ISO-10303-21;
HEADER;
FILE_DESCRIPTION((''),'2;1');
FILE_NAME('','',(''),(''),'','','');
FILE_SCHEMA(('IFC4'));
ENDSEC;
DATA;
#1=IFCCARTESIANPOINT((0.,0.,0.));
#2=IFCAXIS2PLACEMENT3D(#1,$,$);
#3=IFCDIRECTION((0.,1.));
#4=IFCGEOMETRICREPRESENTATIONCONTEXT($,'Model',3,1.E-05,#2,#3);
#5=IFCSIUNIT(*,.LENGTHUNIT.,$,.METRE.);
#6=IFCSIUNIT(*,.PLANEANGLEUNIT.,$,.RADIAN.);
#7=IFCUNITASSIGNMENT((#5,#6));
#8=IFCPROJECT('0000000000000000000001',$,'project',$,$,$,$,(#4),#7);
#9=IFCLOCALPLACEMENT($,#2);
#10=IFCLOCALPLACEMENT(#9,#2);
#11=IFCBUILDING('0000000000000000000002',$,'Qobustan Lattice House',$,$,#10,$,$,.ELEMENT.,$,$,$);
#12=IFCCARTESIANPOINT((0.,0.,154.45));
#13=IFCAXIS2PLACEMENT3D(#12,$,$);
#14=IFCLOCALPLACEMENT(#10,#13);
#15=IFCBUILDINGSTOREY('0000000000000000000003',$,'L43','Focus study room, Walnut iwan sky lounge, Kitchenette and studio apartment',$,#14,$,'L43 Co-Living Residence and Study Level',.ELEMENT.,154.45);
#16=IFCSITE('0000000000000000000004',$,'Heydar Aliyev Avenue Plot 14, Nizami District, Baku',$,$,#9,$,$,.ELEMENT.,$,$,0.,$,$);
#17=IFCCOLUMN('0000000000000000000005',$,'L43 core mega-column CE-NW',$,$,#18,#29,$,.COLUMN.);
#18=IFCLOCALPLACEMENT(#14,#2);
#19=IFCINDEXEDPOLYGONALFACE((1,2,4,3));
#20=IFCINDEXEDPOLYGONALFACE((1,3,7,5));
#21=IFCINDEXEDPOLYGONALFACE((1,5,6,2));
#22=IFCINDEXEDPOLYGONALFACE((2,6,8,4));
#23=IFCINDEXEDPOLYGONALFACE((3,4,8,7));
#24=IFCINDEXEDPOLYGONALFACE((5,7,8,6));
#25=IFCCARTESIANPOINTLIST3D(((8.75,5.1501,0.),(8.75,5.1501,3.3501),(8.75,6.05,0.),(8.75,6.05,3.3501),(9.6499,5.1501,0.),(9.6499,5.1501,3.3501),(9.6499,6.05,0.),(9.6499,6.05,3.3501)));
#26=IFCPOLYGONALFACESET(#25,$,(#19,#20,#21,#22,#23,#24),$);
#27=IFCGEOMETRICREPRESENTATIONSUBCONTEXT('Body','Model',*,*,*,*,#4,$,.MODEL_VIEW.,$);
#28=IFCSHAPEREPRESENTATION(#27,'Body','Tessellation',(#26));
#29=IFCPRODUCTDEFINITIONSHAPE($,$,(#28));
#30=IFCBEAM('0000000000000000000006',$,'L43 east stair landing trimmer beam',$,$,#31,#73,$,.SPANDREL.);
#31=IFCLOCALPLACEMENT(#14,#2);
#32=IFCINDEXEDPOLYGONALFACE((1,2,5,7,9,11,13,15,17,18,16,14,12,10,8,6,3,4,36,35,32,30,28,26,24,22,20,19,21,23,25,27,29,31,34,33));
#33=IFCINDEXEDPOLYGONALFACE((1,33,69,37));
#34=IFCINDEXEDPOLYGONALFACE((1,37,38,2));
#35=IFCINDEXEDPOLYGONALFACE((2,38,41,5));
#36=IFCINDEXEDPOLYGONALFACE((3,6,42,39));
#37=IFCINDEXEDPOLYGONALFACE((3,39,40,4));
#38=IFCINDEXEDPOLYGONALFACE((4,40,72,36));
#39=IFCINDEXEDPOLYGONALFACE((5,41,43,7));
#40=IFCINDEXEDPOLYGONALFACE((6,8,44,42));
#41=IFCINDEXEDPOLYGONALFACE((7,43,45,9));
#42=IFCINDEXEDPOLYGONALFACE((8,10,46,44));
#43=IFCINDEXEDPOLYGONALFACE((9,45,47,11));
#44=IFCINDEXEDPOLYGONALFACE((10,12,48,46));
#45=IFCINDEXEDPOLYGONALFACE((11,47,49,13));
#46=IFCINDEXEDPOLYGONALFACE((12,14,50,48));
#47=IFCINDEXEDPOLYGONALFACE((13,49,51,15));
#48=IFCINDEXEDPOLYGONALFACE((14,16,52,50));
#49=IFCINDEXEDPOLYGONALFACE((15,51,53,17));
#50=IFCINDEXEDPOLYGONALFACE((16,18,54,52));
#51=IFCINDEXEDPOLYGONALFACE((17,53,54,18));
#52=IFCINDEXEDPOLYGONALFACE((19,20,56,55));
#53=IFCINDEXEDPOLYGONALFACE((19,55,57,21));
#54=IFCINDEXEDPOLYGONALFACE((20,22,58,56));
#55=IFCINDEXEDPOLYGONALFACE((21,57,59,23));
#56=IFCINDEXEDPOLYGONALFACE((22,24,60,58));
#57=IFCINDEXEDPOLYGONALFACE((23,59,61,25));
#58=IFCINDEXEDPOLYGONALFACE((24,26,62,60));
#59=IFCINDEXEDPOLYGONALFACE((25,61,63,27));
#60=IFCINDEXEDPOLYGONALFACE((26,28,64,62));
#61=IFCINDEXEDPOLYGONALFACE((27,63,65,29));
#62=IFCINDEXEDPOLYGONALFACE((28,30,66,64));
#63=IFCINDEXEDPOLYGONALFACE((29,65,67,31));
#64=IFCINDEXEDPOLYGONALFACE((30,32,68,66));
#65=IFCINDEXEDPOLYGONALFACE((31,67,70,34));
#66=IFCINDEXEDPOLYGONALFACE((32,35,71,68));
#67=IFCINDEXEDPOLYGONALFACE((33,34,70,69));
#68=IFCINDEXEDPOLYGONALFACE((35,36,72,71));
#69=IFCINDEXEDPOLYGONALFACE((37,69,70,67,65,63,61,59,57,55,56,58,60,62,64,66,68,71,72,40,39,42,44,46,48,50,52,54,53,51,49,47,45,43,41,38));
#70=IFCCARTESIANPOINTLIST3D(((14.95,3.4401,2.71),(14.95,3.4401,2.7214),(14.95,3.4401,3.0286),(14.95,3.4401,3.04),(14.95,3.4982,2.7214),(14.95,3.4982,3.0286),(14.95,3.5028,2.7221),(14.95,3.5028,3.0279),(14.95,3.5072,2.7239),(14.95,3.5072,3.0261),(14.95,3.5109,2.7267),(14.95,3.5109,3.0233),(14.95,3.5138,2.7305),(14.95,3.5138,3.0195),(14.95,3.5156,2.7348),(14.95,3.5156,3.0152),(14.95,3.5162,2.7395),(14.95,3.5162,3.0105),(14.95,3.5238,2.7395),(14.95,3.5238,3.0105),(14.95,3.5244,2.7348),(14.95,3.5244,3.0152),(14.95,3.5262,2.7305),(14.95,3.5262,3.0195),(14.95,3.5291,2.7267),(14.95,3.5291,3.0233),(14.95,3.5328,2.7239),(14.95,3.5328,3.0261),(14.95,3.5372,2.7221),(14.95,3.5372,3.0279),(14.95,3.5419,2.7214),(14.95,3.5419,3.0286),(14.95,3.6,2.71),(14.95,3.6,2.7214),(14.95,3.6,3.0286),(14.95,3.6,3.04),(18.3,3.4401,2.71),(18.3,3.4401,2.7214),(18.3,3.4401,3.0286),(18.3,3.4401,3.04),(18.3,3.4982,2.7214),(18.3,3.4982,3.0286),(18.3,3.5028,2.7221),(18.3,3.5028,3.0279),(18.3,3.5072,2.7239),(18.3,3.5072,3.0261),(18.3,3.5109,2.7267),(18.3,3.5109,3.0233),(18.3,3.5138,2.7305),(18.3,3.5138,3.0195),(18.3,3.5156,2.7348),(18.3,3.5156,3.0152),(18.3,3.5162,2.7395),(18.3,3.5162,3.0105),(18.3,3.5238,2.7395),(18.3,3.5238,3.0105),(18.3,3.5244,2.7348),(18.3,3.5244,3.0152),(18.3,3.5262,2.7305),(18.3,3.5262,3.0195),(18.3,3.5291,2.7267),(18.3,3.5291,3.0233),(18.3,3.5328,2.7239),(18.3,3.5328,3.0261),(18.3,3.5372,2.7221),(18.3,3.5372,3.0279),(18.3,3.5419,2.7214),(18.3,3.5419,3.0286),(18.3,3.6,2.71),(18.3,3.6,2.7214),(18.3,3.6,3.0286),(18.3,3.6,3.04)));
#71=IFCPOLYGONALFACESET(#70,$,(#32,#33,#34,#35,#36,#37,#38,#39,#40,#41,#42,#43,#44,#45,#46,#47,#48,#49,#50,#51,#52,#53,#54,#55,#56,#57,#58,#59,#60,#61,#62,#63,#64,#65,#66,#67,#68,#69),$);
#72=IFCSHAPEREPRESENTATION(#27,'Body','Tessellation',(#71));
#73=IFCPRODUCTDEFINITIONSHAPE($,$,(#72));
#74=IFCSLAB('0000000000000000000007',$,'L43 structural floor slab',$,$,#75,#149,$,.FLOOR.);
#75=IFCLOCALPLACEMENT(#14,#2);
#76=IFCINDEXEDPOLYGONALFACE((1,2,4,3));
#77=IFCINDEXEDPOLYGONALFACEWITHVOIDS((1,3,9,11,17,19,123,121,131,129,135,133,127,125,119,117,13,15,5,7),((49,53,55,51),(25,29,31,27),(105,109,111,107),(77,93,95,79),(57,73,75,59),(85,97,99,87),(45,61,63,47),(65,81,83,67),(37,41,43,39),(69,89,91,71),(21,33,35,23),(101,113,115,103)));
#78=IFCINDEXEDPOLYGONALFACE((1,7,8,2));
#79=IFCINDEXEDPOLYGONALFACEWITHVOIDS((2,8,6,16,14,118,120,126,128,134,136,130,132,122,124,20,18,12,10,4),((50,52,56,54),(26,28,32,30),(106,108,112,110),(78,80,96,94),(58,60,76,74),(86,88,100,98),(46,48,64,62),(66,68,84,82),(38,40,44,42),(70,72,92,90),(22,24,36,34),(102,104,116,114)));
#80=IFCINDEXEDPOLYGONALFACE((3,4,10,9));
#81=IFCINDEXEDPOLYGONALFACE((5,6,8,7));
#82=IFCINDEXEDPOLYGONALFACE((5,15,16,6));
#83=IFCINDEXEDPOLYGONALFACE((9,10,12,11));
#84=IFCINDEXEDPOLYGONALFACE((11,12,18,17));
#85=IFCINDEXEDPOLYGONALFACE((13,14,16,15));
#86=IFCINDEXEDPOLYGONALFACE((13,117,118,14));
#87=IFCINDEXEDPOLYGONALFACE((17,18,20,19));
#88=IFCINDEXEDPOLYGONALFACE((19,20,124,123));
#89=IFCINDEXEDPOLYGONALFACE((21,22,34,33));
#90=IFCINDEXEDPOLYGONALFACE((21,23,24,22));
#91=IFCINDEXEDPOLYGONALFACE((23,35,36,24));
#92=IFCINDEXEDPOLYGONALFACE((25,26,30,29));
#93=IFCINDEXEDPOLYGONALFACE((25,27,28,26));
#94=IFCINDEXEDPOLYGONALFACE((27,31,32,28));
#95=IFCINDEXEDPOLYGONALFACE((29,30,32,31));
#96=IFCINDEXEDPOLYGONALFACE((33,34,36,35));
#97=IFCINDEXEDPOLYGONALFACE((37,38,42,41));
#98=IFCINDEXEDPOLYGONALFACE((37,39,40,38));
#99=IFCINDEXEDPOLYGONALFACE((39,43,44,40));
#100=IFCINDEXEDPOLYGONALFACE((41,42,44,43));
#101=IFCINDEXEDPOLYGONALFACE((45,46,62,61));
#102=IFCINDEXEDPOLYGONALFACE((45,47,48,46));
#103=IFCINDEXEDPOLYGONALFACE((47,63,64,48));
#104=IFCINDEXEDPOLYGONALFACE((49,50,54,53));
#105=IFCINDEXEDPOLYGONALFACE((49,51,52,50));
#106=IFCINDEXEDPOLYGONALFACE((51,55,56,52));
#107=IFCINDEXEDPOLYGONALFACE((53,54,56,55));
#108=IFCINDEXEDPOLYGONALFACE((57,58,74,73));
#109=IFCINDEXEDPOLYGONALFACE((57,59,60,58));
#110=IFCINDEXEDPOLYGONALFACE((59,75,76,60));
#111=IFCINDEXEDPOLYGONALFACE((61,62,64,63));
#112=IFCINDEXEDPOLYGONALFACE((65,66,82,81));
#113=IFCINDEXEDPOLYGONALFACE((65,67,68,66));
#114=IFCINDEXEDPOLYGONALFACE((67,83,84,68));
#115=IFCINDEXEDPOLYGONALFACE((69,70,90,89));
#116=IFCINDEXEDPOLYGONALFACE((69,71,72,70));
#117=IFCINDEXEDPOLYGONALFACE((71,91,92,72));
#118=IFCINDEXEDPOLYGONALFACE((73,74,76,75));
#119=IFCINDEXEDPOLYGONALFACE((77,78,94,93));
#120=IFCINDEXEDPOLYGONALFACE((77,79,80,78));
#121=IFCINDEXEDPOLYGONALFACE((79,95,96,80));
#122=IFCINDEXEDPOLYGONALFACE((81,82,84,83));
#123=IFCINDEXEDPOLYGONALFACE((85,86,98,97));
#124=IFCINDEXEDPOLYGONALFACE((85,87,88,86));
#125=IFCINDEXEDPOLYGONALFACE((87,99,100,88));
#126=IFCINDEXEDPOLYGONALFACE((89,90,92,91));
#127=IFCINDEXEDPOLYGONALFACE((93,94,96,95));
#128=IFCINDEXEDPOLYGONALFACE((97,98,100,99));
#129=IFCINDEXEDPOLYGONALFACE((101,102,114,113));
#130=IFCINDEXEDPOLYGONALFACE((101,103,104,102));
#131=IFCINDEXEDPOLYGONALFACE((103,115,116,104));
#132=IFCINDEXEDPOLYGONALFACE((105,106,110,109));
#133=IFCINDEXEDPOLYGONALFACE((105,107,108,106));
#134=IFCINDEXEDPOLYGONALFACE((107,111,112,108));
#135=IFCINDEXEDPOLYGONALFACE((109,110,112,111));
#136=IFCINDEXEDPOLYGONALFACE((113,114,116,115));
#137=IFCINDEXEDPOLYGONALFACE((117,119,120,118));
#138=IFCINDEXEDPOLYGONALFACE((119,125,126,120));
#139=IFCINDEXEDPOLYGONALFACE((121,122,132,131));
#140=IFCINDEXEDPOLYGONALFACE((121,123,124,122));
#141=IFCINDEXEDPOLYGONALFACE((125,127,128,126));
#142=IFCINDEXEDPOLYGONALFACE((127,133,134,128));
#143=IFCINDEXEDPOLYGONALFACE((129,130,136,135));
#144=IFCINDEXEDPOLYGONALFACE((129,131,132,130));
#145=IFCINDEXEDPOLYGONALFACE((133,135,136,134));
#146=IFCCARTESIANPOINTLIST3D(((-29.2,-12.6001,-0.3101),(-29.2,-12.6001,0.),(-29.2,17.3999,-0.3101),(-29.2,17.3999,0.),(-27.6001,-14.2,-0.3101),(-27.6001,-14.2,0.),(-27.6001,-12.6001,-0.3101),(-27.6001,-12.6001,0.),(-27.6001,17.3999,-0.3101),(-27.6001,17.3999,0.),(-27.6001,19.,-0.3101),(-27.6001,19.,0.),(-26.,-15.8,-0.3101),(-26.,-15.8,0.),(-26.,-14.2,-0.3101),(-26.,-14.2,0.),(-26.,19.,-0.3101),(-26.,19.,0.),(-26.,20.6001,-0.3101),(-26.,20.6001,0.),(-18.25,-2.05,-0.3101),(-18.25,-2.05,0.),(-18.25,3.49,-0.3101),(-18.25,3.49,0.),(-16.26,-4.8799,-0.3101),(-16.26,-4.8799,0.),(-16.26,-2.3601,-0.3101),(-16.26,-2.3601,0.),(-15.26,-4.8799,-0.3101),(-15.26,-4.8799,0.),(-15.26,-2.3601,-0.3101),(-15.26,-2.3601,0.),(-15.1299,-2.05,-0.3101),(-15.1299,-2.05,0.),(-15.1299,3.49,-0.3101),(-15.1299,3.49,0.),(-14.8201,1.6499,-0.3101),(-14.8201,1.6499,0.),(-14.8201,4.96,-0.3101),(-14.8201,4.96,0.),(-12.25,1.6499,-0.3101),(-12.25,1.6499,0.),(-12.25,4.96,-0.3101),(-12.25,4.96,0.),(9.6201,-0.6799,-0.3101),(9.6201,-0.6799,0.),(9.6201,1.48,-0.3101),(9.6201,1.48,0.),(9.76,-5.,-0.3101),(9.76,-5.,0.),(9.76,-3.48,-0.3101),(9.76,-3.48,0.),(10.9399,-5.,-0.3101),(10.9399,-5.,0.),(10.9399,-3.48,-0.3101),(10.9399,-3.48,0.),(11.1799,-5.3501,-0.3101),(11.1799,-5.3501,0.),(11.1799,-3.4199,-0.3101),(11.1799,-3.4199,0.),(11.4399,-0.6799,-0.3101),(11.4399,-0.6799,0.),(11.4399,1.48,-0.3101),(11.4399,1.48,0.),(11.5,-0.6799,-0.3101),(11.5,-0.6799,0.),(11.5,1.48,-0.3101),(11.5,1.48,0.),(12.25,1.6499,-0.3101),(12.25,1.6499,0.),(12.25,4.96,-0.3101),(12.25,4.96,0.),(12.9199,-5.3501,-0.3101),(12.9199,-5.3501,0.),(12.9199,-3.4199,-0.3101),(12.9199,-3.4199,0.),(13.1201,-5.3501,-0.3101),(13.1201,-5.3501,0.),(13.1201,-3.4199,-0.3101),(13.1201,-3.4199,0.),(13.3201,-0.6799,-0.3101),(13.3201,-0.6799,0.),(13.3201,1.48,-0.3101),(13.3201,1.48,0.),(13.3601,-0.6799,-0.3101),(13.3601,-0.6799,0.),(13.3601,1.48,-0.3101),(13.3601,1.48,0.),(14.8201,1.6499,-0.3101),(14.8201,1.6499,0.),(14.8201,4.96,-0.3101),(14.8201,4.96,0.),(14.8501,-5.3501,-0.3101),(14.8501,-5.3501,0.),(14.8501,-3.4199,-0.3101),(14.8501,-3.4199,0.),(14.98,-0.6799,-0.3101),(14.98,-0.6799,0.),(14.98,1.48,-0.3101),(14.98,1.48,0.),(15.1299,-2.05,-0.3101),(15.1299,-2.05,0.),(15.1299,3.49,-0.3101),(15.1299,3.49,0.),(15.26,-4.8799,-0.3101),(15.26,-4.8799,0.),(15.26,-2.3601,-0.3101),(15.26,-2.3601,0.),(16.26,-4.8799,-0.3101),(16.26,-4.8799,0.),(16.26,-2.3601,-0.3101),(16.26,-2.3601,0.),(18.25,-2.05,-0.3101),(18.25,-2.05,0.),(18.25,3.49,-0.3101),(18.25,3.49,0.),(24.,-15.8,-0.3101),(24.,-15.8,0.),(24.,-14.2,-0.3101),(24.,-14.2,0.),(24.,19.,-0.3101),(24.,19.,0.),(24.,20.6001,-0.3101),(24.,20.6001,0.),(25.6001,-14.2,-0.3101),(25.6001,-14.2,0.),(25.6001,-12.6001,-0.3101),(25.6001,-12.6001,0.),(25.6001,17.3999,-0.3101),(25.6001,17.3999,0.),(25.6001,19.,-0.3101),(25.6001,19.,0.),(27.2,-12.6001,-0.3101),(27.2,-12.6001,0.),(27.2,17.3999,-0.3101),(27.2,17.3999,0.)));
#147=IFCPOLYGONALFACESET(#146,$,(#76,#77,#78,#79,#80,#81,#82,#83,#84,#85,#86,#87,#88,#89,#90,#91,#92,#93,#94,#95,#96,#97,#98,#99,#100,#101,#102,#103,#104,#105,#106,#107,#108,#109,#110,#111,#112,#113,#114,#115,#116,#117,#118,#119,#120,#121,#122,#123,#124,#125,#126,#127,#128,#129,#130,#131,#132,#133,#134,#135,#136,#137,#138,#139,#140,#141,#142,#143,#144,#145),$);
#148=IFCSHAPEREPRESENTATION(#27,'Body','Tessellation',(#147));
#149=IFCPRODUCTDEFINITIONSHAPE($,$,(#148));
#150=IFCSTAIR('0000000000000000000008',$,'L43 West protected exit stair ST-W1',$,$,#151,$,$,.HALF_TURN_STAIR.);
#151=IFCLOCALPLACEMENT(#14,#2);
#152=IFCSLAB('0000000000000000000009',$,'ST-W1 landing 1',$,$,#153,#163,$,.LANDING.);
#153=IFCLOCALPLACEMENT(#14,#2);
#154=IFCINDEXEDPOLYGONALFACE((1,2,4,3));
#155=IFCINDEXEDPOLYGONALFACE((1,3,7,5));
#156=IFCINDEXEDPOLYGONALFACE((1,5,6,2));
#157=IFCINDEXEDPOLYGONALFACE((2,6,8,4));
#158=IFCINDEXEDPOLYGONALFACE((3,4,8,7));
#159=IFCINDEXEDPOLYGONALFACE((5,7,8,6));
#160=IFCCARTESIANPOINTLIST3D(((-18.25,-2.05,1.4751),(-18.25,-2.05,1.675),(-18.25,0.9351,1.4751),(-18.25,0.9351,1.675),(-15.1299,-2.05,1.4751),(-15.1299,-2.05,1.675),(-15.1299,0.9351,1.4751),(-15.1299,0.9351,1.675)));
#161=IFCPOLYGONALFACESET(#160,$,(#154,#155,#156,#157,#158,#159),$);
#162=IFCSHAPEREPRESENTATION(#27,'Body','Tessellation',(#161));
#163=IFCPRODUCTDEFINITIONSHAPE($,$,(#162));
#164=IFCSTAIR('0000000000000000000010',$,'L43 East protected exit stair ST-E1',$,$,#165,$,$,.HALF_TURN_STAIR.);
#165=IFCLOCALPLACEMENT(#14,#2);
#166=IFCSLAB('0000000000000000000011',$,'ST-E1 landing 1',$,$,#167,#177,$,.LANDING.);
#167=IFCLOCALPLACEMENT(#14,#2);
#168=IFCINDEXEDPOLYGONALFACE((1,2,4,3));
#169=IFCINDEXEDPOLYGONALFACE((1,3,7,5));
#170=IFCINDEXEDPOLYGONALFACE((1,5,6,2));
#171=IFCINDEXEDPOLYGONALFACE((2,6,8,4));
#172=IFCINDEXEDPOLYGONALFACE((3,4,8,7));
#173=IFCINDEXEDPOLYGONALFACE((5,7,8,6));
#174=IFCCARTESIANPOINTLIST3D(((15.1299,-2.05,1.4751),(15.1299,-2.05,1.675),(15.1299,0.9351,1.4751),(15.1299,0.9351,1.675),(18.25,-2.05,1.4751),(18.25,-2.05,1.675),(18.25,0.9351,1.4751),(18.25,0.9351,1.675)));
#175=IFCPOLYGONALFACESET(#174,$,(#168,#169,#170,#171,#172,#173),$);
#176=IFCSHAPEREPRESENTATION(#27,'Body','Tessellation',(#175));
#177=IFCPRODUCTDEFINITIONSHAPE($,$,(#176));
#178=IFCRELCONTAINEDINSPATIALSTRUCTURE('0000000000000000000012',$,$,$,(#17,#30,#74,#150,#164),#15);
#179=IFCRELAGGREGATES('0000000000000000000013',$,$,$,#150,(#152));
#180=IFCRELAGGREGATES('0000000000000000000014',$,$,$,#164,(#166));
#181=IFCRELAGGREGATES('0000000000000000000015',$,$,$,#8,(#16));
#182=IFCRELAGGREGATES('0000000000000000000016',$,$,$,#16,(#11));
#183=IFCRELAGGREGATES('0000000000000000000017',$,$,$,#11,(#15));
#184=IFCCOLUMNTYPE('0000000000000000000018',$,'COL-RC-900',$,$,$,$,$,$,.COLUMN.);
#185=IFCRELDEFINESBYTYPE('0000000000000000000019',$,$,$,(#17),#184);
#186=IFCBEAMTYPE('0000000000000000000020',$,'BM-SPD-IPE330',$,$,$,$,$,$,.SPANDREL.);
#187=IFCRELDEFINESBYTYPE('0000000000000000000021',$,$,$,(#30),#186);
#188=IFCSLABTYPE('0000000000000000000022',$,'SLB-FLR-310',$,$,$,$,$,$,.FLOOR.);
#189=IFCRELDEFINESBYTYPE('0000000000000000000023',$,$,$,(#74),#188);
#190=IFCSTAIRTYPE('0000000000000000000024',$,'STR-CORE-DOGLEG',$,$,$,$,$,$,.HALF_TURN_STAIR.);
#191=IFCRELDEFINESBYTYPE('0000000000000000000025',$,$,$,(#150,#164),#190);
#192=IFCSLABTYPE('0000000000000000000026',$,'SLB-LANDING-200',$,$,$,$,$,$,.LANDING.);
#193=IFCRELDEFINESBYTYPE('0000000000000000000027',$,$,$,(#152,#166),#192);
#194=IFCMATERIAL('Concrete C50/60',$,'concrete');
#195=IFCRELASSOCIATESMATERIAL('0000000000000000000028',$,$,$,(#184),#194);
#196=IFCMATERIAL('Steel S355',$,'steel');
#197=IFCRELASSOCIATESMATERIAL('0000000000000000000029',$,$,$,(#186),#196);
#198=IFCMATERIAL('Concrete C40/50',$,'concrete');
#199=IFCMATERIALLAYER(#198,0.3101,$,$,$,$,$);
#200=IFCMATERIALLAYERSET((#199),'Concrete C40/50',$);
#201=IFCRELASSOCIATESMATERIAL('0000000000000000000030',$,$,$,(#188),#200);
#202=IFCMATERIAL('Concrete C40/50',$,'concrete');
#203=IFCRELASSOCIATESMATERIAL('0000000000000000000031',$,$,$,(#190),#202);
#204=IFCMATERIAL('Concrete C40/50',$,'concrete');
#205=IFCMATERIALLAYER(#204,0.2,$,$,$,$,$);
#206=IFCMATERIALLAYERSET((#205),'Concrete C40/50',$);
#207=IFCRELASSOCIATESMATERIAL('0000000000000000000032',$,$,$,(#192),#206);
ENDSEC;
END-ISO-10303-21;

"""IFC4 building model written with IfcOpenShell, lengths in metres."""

from ifc_helpers import new_model, si_unit, direction, frame, origin, origin_2d, place, context, subcontext, project, spatial, polyline, rectangle, i_section, outline, extrude, material, layer, layer_set, material_profile, profile_set, type_object, element, aggregate, save


model = new_model("IFC4")

# Units and contexts
model_context = context("Model", 3, precision=1e-05, world=origin(), true_north=direction((0.0, 1.0)))
body_context = subcontext(model_context, "Body", "Model", "MODEL_VIEW")
ifc_project = project(units=[si_unit("LENGTHUNIT", "METRE"), si_unit("PLANEANGLEUNIT", "RADIAN")], contexts=[model_context])

# Site, building, storey
site_placement = place(None, origin())
site = spatial("IfcSite", under=ifc_project, at=site_placement, Name="Heydar Aliyev Avenue Plot 14, Nizami District, Baku", CompositionType="ELEMENT", RefElevation=0.0)
building_placement = place(site_placement, origin())
building = spatial("IfcBuilding", under=site, at=building_placement, Name="Qobustan Lattice House", CompositionType="ELEMENT")
storey_placement = place(building_placement, frame((0.0, 0.0, 154.45)))
storey = spatial("IfcBuildingStorey", under=building, at=storey_placement, Name="L43", Description="Focus study room, Walnut iwan sky lounge, Kitchenette and studio apartment", LongName="L43 Co-Living Residence and Study Level", CompositionType="ELEMENT", Elevation=154.45)

# Column
ifc_material_1 = material(Name="Concrete C50/60", Category="concrete")
ifc_material_profile_1 = material_profile(ifc_material_1, rectangle(XDim=0.8999, YDim=0.8999, at=origin_2d()), Name="RC900x900")
ifc_profile_set_1 = profile_set([ifc_material_profile_1], Name="Concrete C50/60")
column_type = type_object("IfcColumnType", Name="COL-RC-900", PredefinedType="COLUMN", material=ifc_profile_set_1)
column_placement = place(storey_placement, frame((9.2, 5.6001, 0.0), z_axis=(0.0, 0.0, 1.0), x_axis=(1.0, 0.0, 0.0)))
element("IfcColumn", 1, at=column_placement, inside=storey, type_object=column_type, Name="L43 core mega-column CE-NW", PredefinedType="COLUMN", context=body_context, shape_type="SweptSolid", body=[
    extrude(rectangle(XDim=0.8999, YDim=0.8999, at=origin_2d()), origin(), (0.0, 0.0, 1.0), 3.3501),
])

# Beam
ifc_material_2 = material(Name="Steel S355", Category="steel")
ifc_material_profile_2 = material_profile(ifc_material_2, i_section(OverallWidth=0.1599, OverallDepth=0.3301, WebThickness=0.0076, FlangeThickness=0.0115, FilletRadius=0.0181, at=origin_2d()), Name="IPE330")
ifc_profile_set_2 = profile_set([ifc_material_profile_2], Name="Steel S355")
beam_type = type_object("IfcBeamType", Name="BM-SPD-IPE330", PredefinedType="SPANDREL", material=ifc_profile_set_2)
beam_placement = place(storey_placement, frame((14.95, 3.52, 2.875), z_axis=(1.0, 0.0, 0.0), x_axis=(0.0, 1.0, 0.0)))
element("IfcBeam", 2, at=beam_placement, inside=storey, type_object=beam_type, Name="L43 east stair landing trimmer beam", PredefinedType="SPANDREL", context=body_context, shape_type="SweptSolid", body=[
    extrude(i_section(OverallWidth=0.1599, OverallDepth=0.3301, WebThickness=0.0076, FlangeThickness=0.0115, FilletRadius=0.0181, at=origin_2d()), origin(), (0.0, 0.0, 1.0), 3.3501),
])

# Slab
ifc_material_3 = material(Name="Concrete C40/50", Category="concrete")
ifc_layer_1 = layer(ifc_material_3, 0.3101)
ifc_layer_set_1 = layer_set([ifc_layer_1], Name="Concrete C40/50")
slab_type_1 = type_object("IfcSlabType", Name="SLB-FLR-310", PredefinedType="FLOOR", material=ifc_layer_set_1)
slab_1_placement = place(storey_placement, frame((0.0, 0.0, -0.3101)))
element("IfcSlab", 3, at=slab_1_placement, inside=storey, type_object=slab_type_1, Name="L43 structural floor slab", PredefinedType="FLOOR", context=body_context, shape_type="SweptSolid", body=[
    extrude(outline(polyline([(-26.0, -15.8), (24.0, -15.8), (24.0, -14.2), (25.6001, -14.2), (25.6001, -12.6001), (27.2, -12.6001), (27.2, 17.3999), (25.6001, 17.3999), (25.6001, 19.0), (24.0, 19.0), (24.0, 20.6001), (-26.0, 20.6001), (-26.0, 19.0), (-27.6001, 19.0), (-27.6001, 17.3999), (-29.2, 17.3999), (-29.2, -12.6001), (-27.6001, -12.6001), (-27.6001, -14.2), (-26.0, -14.2), (-26.0, -15.8)]), holes=[polyline([(-18.25, -2.05), (-18.25, 3.49), (-15.1299, 3.49), (-15.1299, -2.05), (-18.25, -2.05)]), polyline([(15.1299, -2.05), (15.1299, 3.49), (18.25, 3.49), (18.25, -2.05), (15.1299, -2.05)]), polyline([(-14.8201, 1.6499), (-14.8201, 4.96), (-12.25, 4.96), (-12.25, 1.6499), (-14.8201, 1.6499)]), polyline([(12.25, 1.6499), (12.25, 4.96), (14.8201, 4.96), (14.8201, 1.6499), (12.25, 1.6499)]), polyline([(-16.26, -4.8799), (-16.26, -2.3601), (-15.26, -2.3601), (-15.26, -4.8799), (-16.26, -4.8799)]), polyline([(15.26, -4.8799), (15.26, -2.3601), (16.26, -2.3601), (16.26, -4.8799), (15.26, -4.8799)]), polyline([(11.1799, -5.3501), (11.1799, -3.4199), (12.9199, -3.4199), (12.9199, -5.3501), (11.1799, -5.3501)]), polyline([(13.1201, -5.3501), (13.1201, -3.4199), (14.8501, -3.4199), (14.8501, -5.3501), (13.1201, -5.3501)]), polyline([(9.76, -5.0), (9.76, -3.48), (10.9399, -3.48), (10.9399, -5.0), (9.76, -5.0)]), polyline([(13.3601, -0.6799), (13.3601, 1.48), (14.98, 1.48), (14.98, -0.6799), (13.3601, -0.6799)]), polyline([(9.6201, -0.6799), (9.6201, 1.48), (11.4399, 1.48), (11.4399, -0.6799), (9.6201, -0.6799)]), polyline([(11.5, -0.6799), (11.5, 1.48), (13.3201, 1.48), (13.3201, -0.6799), (11.5, -0.6799)])]), origin(), (0.0, 0.0, 1.0), 0.3101),
])

# Stairs, slabs
ifc_material_4 = material(Name="Concrete C40/50", Category="concrete")
stair_type = type_object("IfcStairType", Name="STR-CORE-DOGLEG", PredefinedType="HALF_TURN_STAIR", material=ifc_material_4)
stair_1_placement = place(storey_placement, origin())
stair_1 = element("IfcStair", 4, at=stair_1_placement, inside=storey, type_object=stair_type, Name="L43 West protected exit stair ST-W1", PredefinedType="HALF_TURN_STAIR")
ifc_material_5 = material(Name="Concrete C40/50", Category="concrete")
ifc_layer_2 = layer(ifc_material_5, 0.2)
ifc_layer_set_2 = layer_set([ifc_layer_2], Name="Concrete C40/50")
slab_type_2 = type_object("IfcSlabType", Name="SLB-LANDING-200", PredefinedType="LANDING", material=ifc_layer_set_2)
slab_2_placement = place(storey_placement, frame((0.0, 0.0, 1.4751)))
slab_2 = element("IfcSlab", 5, at=slab_2_placement, type_object=slab_type_2, Name="ST-W1 landing 1", PredefinedType="LANDING", context=body_context, shape_type="SweptSolid", body=[
    extrude(outline(polyline([(-18.25, 0.9351), (-18.25, -2.05), (-15.1299, -2.05), (-15.1299, 0.9351), (-18.25, 0.9351)])), origin(), (0.0, 0.0, 1.0), 0.2),
])
aggregate(stair_1, [slab_2])
stair_2_placement = place(storey_placement, origin())
stair_2 = element("IfcStair", 6, at=stair_2_placement, inside=storey, type_object=stair_type, Name="L43 East protected exit stair ST-E1", PredefinedType="HALF_TURN_STAIR")
slab_3_placement = place(storey_placement, frame((0.0, 0.0, 1.4751)))
slab_3 = element("IfcSlab", 7, at=slab_3_placement, type_object=slab_type_2, Name="ST-E1 landing 1", PredefinedType="LANDING", context=body_context, shape_type="SweptSolid", body=[
    extrude(outline(polyline([(15.1299, 0.9351), (15.1299, -2.05), (18.25, -2.05), (18.25, 0.9351), (15.1299, 0.9351)])), origin(), (0.0, 0.0, 1.0), 0.2),
])
aggregate(stair_2, [slab_3])

save(model, "model.ifc")
